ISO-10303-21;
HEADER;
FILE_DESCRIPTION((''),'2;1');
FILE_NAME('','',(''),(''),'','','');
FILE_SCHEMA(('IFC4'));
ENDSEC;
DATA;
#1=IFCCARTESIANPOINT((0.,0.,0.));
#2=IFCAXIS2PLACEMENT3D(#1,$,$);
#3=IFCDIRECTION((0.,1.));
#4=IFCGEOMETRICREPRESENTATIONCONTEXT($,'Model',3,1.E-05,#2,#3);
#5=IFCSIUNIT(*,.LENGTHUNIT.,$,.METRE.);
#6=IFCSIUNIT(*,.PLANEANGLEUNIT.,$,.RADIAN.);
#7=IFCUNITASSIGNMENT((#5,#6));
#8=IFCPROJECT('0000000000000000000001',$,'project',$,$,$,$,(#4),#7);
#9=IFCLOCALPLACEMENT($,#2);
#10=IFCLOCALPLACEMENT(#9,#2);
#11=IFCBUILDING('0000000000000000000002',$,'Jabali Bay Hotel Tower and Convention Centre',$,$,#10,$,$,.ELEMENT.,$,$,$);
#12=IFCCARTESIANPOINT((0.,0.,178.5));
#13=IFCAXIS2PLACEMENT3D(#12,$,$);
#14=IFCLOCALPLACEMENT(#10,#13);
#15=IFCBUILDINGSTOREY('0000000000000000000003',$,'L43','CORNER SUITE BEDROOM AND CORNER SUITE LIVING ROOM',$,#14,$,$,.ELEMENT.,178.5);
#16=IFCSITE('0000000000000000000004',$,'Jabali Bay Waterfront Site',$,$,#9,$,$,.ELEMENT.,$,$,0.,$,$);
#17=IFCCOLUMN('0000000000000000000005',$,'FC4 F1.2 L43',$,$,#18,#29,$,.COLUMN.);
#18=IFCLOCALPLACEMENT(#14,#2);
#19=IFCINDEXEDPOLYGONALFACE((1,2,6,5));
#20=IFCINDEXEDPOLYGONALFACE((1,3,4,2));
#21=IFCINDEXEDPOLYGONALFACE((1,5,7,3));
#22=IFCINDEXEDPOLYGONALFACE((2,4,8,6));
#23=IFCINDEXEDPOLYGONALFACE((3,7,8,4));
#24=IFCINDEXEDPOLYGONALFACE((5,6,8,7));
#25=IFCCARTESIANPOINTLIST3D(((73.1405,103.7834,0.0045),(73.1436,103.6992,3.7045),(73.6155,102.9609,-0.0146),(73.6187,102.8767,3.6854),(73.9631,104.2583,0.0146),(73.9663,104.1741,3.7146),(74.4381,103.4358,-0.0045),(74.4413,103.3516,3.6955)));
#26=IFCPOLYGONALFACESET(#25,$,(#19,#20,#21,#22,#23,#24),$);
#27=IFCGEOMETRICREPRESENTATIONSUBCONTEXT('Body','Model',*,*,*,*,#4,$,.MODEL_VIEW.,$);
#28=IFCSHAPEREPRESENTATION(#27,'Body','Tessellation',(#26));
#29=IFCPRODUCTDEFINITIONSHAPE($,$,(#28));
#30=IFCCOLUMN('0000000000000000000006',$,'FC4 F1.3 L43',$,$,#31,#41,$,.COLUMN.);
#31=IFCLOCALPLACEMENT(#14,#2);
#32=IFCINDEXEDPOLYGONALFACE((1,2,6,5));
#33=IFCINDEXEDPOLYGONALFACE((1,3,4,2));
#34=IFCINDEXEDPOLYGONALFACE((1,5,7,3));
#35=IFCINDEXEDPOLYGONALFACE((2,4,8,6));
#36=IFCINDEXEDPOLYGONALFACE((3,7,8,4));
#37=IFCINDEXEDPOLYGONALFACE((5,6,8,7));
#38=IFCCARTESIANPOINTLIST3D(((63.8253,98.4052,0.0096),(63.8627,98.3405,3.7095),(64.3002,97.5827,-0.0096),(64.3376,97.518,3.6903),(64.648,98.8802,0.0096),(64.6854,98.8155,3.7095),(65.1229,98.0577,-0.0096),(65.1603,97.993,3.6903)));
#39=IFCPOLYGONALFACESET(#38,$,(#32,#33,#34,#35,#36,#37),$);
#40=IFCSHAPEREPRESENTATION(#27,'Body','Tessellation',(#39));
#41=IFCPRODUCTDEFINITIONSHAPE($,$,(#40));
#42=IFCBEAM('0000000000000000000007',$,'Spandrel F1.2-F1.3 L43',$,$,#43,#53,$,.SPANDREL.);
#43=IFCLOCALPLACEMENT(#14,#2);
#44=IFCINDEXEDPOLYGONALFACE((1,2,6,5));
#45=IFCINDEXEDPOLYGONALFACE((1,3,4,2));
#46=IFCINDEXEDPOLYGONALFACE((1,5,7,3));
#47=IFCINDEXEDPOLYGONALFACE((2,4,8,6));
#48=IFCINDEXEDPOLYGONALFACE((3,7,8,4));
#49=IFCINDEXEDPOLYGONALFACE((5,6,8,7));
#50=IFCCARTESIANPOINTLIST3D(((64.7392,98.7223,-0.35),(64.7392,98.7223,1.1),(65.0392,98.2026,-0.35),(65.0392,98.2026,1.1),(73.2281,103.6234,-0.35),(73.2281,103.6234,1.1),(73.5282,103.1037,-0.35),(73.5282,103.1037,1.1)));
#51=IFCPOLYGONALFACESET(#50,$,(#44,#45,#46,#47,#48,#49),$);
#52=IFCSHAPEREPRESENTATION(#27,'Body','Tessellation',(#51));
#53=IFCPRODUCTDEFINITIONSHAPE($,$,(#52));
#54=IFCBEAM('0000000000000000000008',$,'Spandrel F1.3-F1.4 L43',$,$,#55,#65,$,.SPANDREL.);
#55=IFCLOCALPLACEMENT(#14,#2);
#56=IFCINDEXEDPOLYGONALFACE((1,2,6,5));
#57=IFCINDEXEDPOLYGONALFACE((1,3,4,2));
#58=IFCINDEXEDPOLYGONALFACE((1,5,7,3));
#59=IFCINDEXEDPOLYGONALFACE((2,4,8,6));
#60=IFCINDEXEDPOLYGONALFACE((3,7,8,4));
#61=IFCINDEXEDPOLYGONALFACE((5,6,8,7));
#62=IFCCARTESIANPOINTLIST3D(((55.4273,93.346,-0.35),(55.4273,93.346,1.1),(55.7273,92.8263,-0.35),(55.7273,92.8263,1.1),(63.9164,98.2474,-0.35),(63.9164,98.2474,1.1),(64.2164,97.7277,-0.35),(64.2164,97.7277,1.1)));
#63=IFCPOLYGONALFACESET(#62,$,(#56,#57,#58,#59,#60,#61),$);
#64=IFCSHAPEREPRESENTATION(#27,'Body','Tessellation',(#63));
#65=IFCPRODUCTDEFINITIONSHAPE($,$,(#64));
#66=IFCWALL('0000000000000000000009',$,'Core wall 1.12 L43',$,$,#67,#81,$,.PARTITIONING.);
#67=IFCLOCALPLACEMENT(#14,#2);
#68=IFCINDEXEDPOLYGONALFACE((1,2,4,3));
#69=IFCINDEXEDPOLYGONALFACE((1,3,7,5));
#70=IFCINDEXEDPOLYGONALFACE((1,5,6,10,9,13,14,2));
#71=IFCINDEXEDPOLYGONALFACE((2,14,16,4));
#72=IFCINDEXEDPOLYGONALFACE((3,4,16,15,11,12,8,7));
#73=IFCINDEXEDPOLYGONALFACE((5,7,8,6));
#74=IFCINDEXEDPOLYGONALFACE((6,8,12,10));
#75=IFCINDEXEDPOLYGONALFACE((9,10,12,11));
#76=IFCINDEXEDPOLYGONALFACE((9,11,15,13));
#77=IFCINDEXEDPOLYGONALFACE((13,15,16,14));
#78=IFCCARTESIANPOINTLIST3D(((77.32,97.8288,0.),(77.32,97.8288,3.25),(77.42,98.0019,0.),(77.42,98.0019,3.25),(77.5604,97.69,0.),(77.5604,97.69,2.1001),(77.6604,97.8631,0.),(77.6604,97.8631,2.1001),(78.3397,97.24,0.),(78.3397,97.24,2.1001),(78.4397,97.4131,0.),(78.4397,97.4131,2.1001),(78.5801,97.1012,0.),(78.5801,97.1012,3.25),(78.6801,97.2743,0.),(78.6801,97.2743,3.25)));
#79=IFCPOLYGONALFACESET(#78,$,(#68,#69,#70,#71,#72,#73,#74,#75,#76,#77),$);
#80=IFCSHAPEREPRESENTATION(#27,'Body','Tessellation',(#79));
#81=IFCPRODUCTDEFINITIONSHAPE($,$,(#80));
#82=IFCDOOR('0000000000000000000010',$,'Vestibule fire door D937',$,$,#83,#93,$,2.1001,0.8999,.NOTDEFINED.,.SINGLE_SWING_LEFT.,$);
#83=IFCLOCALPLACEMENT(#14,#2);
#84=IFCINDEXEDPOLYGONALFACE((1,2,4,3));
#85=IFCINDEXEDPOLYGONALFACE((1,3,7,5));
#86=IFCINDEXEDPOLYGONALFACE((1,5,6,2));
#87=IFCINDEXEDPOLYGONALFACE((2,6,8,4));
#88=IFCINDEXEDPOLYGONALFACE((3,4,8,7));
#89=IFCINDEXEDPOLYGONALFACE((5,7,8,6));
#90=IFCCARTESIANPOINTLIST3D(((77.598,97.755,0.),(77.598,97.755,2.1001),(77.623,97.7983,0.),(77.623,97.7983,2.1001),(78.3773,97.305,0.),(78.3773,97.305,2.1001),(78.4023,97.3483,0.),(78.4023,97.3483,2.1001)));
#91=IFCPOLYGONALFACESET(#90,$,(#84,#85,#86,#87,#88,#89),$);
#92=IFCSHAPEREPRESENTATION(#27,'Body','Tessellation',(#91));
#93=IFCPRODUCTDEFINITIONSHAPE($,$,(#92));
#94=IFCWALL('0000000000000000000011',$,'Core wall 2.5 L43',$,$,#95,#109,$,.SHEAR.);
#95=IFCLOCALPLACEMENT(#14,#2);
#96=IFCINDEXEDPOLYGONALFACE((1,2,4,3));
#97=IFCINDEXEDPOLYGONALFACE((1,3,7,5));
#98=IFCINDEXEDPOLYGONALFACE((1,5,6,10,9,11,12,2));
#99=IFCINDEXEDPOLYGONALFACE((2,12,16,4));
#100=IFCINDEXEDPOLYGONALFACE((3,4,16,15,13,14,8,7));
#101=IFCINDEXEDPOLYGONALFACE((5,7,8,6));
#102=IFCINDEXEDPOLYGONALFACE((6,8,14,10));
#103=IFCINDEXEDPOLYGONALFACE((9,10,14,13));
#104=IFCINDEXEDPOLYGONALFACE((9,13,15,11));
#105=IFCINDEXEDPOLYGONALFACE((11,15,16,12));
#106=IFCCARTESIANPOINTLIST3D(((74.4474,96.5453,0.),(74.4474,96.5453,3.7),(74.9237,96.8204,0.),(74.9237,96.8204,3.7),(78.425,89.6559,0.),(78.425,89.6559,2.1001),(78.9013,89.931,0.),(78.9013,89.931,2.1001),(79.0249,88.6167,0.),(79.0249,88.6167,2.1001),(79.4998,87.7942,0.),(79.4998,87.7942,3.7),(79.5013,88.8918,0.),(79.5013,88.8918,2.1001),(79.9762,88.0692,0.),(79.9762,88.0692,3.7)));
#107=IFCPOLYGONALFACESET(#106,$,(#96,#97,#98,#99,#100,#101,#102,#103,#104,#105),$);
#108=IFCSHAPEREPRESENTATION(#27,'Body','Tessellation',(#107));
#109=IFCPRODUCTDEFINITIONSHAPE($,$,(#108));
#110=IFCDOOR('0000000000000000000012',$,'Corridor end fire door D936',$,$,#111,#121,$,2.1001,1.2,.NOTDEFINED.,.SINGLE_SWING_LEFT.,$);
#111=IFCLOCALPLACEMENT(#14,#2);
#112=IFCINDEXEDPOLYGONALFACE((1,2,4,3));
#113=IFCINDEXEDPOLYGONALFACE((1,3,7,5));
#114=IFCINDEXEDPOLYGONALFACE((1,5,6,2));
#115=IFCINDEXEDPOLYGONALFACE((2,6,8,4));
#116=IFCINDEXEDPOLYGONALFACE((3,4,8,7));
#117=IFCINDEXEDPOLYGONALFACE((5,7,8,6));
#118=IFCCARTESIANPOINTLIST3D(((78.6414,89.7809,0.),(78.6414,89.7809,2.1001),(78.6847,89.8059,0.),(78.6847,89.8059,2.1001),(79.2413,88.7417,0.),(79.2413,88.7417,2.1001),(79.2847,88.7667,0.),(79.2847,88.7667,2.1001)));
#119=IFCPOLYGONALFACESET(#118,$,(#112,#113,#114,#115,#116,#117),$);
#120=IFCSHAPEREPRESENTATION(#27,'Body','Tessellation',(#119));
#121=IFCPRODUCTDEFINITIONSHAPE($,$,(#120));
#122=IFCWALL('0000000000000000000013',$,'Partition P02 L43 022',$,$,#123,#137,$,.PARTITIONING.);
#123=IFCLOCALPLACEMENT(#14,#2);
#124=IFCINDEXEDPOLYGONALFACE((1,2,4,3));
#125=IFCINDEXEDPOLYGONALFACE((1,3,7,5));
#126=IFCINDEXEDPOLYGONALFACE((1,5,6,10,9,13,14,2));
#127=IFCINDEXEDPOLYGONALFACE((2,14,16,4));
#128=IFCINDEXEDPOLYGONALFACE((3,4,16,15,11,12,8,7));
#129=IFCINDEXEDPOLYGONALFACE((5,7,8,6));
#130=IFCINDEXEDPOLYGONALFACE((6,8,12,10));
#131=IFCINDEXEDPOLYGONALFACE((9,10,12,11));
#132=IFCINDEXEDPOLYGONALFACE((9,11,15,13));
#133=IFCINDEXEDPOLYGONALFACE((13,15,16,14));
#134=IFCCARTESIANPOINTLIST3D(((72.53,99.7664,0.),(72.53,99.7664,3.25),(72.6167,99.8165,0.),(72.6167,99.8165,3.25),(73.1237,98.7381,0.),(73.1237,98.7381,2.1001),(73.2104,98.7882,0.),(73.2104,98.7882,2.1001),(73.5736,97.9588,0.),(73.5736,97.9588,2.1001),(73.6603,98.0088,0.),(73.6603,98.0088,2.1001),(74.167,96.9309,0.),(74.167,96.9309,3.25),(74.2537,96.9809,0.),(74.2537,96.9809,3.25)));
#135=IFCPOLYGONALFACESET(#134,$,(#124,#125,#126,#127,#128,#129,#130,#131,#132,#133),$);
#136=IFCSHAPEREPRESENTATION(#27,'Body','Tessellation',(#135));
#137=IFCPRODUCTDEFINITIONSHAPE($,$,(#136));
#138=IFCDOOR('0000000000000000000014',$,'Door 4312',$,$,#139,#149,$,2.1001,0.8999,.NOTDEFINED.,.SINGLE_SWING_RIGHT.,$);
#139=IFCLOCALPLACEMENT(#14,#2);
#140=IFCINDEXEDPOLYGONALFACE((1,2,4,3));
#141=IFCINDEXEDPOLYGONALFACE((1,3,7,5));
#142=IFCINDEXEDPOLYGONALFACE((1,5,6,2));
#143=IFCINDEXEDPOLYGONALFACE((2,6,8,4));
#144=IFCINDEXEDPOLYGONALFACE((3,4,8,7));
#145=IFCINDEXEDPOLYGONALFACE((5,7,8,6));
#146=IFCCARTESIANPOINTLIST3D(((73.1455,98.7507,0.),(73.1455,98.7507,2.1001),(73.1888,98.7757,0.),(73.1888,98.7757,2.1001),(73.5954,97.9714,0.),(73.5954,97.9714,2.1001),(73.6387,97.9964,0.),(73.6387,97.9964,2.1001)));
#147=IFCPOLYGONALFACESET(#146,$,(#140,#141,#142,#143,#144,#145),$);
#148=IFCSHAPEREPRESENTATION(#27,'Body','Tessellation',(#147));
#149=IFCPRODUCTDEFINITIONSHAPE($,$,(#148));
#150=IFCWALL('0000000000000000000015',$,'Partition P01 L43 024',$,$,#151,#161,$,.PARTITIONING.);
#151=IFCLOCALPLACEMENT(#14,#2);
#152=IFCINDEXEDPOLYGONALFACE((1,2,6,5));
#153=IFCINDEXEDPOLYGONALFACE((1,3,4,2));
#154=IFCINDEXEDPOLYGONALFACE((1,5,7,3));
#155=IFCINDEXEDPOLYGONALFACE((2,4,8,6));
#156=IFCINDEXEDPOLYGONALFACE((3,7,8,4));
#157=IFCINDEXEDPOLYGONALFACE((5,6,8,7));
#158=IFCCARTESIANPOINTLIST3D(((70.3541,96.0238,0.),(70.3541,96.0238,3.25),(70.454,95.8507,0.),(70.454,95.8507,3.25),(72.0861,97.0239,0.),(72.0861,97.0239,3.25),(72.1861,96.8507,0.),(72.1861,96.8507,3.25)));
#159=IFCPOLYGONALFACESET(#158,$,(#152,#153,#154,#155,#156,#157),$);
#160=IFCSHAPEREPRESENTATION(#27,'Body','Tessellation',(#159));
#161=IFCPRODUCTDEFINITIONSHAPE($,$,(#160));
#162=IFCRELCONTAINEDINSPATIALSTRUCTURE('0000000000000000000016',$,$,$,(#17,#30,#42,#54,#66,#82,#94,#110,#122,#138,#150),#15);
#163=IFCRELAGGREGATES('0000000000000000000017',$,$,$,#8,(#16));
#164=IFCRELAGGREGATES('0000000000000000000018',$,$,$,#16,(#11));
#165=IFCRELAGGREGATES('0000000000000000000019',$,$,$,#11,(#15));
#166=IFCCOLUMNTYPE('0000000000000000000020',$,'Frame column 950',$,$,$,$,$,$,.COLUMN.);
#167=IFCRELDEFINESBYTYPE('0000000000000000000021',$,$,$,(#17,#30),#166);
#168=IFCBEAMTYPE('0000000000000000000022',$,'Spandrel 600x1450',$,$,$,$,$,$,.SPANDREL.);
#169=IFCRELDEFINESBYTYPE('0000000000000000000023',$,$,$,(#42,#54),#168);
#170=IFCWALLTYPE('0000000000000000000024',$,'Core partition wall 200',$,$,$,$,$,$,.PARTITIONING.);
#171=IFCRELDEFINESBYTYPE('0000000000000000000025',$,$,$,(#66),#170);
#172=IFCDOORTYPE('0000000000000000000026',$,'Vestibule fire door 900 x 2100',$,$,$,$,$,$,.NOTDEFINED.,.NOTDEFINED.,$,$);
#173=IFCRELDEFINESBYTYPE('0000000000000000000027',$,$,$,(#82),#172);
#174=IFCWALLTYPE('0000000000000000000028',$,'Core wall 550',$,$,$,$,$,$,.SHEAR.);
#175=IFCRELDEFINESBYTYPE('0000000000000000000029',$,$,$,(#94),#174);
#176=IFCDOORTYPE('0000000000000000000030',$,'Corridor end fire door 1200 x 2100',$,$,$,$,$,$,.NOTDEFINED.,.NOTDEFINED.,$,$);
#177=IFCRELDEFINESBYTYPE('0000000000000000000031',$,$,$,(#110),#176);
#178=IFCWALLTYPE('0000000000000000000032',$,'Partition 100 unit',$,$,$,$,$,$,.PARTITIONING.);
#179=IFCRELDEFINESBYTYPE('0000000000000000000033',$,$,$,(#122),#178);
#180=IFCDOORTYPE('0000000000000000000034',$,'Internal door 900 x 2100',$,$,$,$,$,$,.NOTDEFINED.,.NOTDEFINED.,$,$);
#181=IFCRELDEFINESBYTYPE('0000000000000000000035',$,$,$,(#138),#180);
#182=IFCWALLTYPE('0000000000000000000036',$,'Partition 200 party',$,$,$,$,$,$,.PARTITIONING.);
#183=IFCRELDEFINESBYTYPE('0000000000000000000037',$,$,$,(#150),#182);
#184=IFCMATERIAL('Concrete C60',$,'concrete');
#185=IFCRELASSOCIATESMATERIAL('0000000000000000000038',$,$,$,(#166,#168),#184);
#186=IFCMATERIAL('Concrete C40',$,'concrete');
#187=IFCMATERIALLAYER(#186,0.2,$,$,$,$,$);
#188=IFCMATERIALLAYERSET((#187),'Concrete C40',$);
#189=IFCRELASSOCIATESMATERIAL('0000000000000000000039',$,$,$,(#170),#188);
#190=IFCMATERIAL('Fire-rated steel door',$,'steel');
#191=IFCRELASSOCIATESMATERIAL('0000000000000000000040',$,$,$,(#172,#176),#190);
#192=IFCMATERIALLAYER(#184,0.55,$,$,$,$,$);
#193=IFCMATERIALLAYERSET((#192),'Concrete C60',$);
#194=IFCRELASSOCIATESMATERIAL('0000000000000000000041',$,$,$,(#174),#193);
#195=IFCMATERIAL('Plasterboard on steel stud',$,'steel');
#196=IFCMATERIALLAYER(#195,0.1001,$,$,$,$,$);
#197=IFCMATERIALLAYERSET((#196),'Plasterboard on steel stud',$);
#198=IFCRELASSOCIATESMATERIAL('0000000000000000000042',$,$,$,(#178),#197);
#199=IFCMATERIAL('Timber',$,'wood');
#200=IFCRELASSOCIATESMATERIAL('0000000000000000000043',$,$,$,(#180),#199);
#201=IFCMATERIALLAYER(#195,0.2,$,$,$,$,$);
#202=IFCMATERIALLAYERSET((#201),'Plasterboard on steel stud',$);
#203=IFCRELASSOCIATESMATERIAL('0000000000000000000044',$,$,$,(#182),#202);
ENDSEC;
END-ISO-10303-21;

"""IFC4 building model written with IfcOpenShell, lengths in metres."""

from ifc_helpers import new_model, si_unit, direction, frame, frame_2d, origin, origin_2d, place, context, subcontext, project, spatial, rectangle, extrude, material, layer, layer_set, material_profile, profile_set, type_object, element, fill, save


model = new_model("IFC4")

# Units and contexts
model_context = context("Model", 3, precision=1e-05, world=origin(), true_north=direction((0.0, 1.0)))
body_context = subcontext(model_context, "Body", "Model", "MODEL_VIEW")
ifc_project = project(units=[si_unit("LENGTHUNIT", "METRE"), si_unit("PLANEANGLEUNIT", "RADIAN")], contexts=[model_context])

# Site, building, storey
site_placement = place(None, origin())
site = spatial("IfcSite", under=ifc_project, at=site_placement, Name="Jabali Bay Waterfront Site", CompositionType="ELEMENT", RefElevation=0.0)
building_placement = place(site_placement, origin())
building = spatial("IfcBuilding", under=site, at=building_placement, Name="Jabali Bay Hotel Tower and Convention Centre", CompositionType="ELEMENT")
storey_placement = place(building_placement, frame((0.0, 0.0, 178.5)))
storey = spatial("IfcBuildingStorey", under=building, at=storey_placement, Name="L43", Description="CORNER SUITE BEDROOM AND CORNER SUITE LIVING ROOM", CompositionType="ELEMENT", Elevation=178.5)

# Columns
ifc_material_1 = material(Name="Concrete C60", Category="concrete")
ifc_material_profile_1 = material_profile(ifc_material_1, rectangle(XDim=0.95, YDim=0.95, at=origin_2d()), Name="Frame column 950")
ifc_profile_set_1 = profile_set([ifc_material_profile_1], Name="Concrete C60")
column_type = type_object("IfcColumnType", Name="Frame column 950", PredefinedType="COLUMN", material=ifc_profile_set_1)
column_1_placement = place(storey_placement, frame((73.7893, 103.6096, 0.0), z_axis=(0.000858, -0.022759, 0.999741), x_axis=(0.866006, 0.499921, 0.010638)))
element("IfcColumn", 1, at=column_1_placement, inside=storey, type_object=column_type, Name="FC4 F1.2 L43", PredefinedType="COLUMN", context=body_context, shape_type="SweptSolid", body=[
    extrude(rectangle(XDim=0.95, YDim=0.95, at=origin_2d()), origin(), (0.0, 0.0, 1.0), 3.7009),
])
column_2_placement = place(storey_placement, frame((64.4741, 98.2314, 0.0), z_axis=(0.010094, -0.017482, 0.999796), x_axis=(-0.499897, 0.86585, 0.020187)))
element("IfcColumn", 2, at=column_2_placement, inside=storey, type_object=column_type, Name="FC4 F1.3 L43", PredefinedType="COLUMN", context=body_context, shape_type="SweptSolid", body=[
    extrude(rectangle(XDim=0.95, YDim=0.95, at=origin_2d()), origin(), (0.0, 0.0, 1.0), 3.7007),
])

# Beams
ifc_material_profile_2 = material_profile(ifc_material_1, rectangle(XDim=0.6001, YDim=1.45, at=origin_2d()), Name="Spandrel 600x1450")
ifc_profile_set_2 = profile_set([ifc_material_profile_2], Name="Concrete C60")
beam_type = type_object("IfcBeamType", Name="Spandrel 600x1450", PredefinedType="SPANDREL", material=ifc_profile_set_2)
beam_1_placement = place(storey_placement, frame((73.3782, 103.3635, 0.375), z_axis=(-0.866026, -0.499999, 0.0), x_axis=(0.499999, -0.866026, 0.0)))
element("IfcBeam", 3, at=beam_1_placement, inside=storey, type_object=beam_type, Name="Spandrel F1.2-F1.3 L43", PredefinedType="SPANDREL", context=body_context, shape_type="SweptSolid", body=[
    extrude(rectangle(XDim=0.6001, YDim=1.45, at=origin_2d()), origin(), (0.0, 0.0, 1.0), 9.8022),
])
beam_2_placement = place(storey_placement, frame((64.0664, 97.9875, 0.375), z_axis=(-0.866015, -0.500018, 0.0), x_axis=(0.500018, -0.866015, 0.0)))
element("IfcBeam", 4, at=beam_2_placement, inside=storey, type_object=beam_type, Name="Spandrel F1.3-F1.4 L43", PredefinedType="SPANDREL", context=body_context, shape_type="SweptSolid", body=[
    extrude(rectangle(XDim=0.6001, YDim=1.45, at=origin_2d()), origin(), (0.0, 0.0, 1.0), 9.8025),
])

# Walls, openings, doors
ifc_material_2 = material(Name="Concrete C40", Category="concrete")
ifc_layer_1 = layer(ifc_material_2, 0.2)
ifc_layer_set_1 = layer_set([ifc_layer_1], Name="Concrete C40")
wall_type_1 = type_object("IfcWallType", Name="Core partition wall 200", PredefinedType="PARTITIONING", material=ifc_layer_set_1)
wall_1_placement = place(storey_placement, frame((78.6301, 97.1877, 0.0), z_axis=(0.0, 0.0, 1.0), x_axis=(-0.866004, 0.500037, 0.0)))
wall_1 = element("IfcWall", 5, at=wall_1_placement, inside=storey, type_object=wall_type_1, Name="Core wall 1.12 L43", PredefinedType="PARTITIONING", context=body_context, shape_type="SweptSolid", body=[
    extrude(rectangle(XDim=1.4551, YDim=0.2, at=frame_2d((0.7275, 0.0))), origin(), (0.0, 0.0, 1.0), 3.25),
])
opening_1_placement = place(wall_1_placement, frame((0.2776, 0.0, 0.0)))
opening_1 = element("IfcOpeningElement", 6, at=opening_1_placement, cuts=wall_1, PredefinedType="OPENING", context=body_context, shape_type="SweptSolid", body=[
    extrude(rectangle(XDim=0.8999, YDim=2.1001, at=frame_2d((0.45, 1.05))), frame((0.0, 0.1104, 0.0), z_axis=(0.0, -1.0, 0.0), x_axis=(1.0, 0.0, 0.0)), (0.0, 0.0, 1.0), 0.2209),
])
ifc_material_3 = material(Name="Fire-rated steel door", Category="steel")
door_type_1 = type_object("IfcDoorType", Name="Vestibule fire door 900 x 2100", OperationType="NOTDEFINED", PredefinedType="NOTDEFINED", material=ifc_material_3)
door_1_placement = place(opening_1_placement, origin())
door_1 = element("IfcDoor", 7, at=door_1_placement, inside=storey, type_object=door_type_1, Name="Vestibule fire door D937", OperationType="SINGLE_SWING_LEFT", OverallHeight=2.1001, OverallWidth=0.8999, PredefinedType="NOTDEFINED", context=body_context, shape_type="SweptSolid", body=[
    extrude(rectangle(XDim=0.8999, YDim=2.1001, at=frame_2d((0.45, 1.05))), frame((0.0, 0.0249, 0.0), z_axis=(0.0, -1.0, 0.0), x_axis=(1.0, 0.0, 0.0)), (0.0, 0.0, 1.0), 0.05),
])
fill(opening_1, door_1)
ifc_layer_2 = layer(ifc_material_1, 0.55)
ifc_layer_set_2 = layer_set([ifc_layer_2], Name="Concrete C60")
wall_type_2 = type_object("IfcWallType", Name="Core wall 550", PredefinedType="SHEAR", material=ifc_layer_set_2)
wall_2_placement = place(storey_placement, frame((74.6855, 96.6829, 0.0), z_axis=(0.0, 0.0, 1.0), x_axis=(0.499998, -0.866027, 0.0)))
wall_2 = element("IfcWall", 8, at=wall_2_placement, inside=storey, type_object=wall_type_2, Name="Core wall 2.5 L43", PredefinedType="SHEAR", context=body_context, shape_type="SweptSolid", body=[
    extrude(rectangle(XDim=10.105, YDim=0.55, at=frame_2d((5.0525, 0.0))), origin(), (0.0, 0.0, 1.0), 3.7),
])
opening_2_placement = place(wall_2_placement, frame((7.9551, 0.0, 0.0)))
opening_2 = element("IfcOpeningElement", 9, at=opening_2_placement, cuts=wall_2, PredefinedType="OPENING", context=body_context, shape_type="SweptSolid", body=[
    extrude(rectangle(XDim=1.2, YDim=2.1001, at=frame_2d((0.6001, 1.05))), frame((0.0, 0.2856, 0.0), z_axis=(0.0, -1.0, 0.0), x_axis=(1.0, 0.0, 0.0)), (0.0, 0.0, 1.0), 0.571),
])
door_type_2 = type_object("IfcDoorType", Name="Corridor end fire door 1200 x 2100", OperationType="NOTDEFINED", PredefinedType="NOTDEFINED", material=ifc_material_3)
door_2_placement = place(opening_2_placement, origin())
door_2 = element("IfcDoor", 10, at=door_2_placement, inside=storey, type_object=door_type_2, Name="Corridor end fire door D936", OperationType="SINGLE_SWING_LEFT", OverallHeight=2.1001, OverallWidth=1.2, PredefinedType="NOTDEFINED", context=body_context, shape_type="SweptSolid", body=[
    extrude(rectangle(XDim=1.2, YDim=2.1001, at=frame_2d((0.6001, 1.05))), frame((0.0, 0.0249, 0.0), z_axis=(0.0, -1.0, 0.0), x_axis=(1.0, 0.0, 0.0)), (0.0, 0.0, 1.0), 0.05),
])
fill(opening_2, door_2)
ifc_material_4 = material(Name="Plasterboard on steel stud", Category="steel")
ifc_layer_3 = layer(ifc_material_4, 0.1001)
ifc_layer_set_3 = layer_set([ifc_layer_3], Name="Plasterboard on steel stud")
wall_type_3 = type_object("IfcWallType", Name="Partition 100 unit", PredefinedType="PARTITIONING", material=ifc_layer_set_3)
wall_3_placement = place(storey_placement, frame((74.2104, 96.9558, 0.0), z_axis=(0.0, 0.0, 1.0), x_axis=(-0.499981, 0.866037, 0.0)))
wall_3 = element("IfcWall", 11, at=wall_3_placement, inside=storey, type_object=wall_type_3, Name="Partition P02 L43 022", PredefinedType="PARTITIONING", context=body_context, shape_type="SweptSolid", body=[
    extrude(rectangle(XDim=3.2742, YDim=0.1001, at=frame_2d((1.6372, 0.0))), origin(), (0.0, 0.0, 1.0), 3.25),
])
opening_3_placement = place(wall_3_placement, frame((1.187, 0.0, 0.0)))
opening_3 = element("IfcOpeningElement", 12, at=opening_3_placement, cuts=wall_3, PredefinedType="OPENING", context=body_context, shape_type="SweptSolid", body=[
    extrude(rectangle(XDim=0.8999, YDim=2.1001, at=frame_2d((0.45, 1.05))), frame((0.0, 0.0605, 0.0), z_axis=(0.0, -1.0, 0.0), x_axis=(1.0, 0.0, 0.0)), (0.0, 0.0, 1.0), 0.1211),
])
ifc_material_5 = material(Name="Timber", Category="wood")
door_type_3 = type_object("IfcDoorType", Name="Internal door 900 x 2100", OperationType="NOTDEFINED", PredefinedType="NOTDEFINED", material=ifc_material_5)
door_3_placement = place(opening_3_placement, origin())
door_3 = element("IfcDoor", 13, at=door_3_placement, inside=storey, type_object=door_type_3, Name="Door 4312", OperationType="SINGLE_SWING_RIGHT", OverallHeight=2.1001, OverallWidth=0.8999, PredefinedType="NOTDEFINED", context=body_context, shape_type="SweptSolid", body=[
    extrude(rectangle(XDim=0.8999, YDim=2.1001, at=frame_2d((0.45, 1.05))), frame((0.0, 0.0249, 0.0), z_axis=(0.0, -1.0, 0.0), x_axis=(1.0, 0.0, 0.0)), (0.0, 0.0, 1.0), 0.05),
])
fill(opening_3, door_3)

# Wall
ifc_layer_4 = layer(ifc_material_4, 0.2)
ifc_layer_set_4 = layer_set([ifc_layer_4], Name="Plasterboard on steel stud")
wall_type_4 = type_object("IfcWallType", Name="Partition 200 party", PredefinedType="PARTITIONING", material=ifc_layer_set_4)
wall_4_placement = place(storey_placement, frame((70.4041, 95.9373, 0.0), z_axis=(0.0, 0.0, 1.0), x_axis=(0.866011, 0.500025, 0.0)))
element("IfcWall", 14, at=wall_4_placement, inside=storey, type_object=wall_type_4, Name="Partition P01 L43 024", PredefinedType="PARTITIONING", context=body_context, shape_type="SweptSolid", body=[
    extrude(rectangle(XDim=2.0, YDim=0.2, at=frame_2d((1.0, 0.0))), origin(), (0.0, 0.0, 1.0), 3.25),
])

save(model, "model.ifc")
